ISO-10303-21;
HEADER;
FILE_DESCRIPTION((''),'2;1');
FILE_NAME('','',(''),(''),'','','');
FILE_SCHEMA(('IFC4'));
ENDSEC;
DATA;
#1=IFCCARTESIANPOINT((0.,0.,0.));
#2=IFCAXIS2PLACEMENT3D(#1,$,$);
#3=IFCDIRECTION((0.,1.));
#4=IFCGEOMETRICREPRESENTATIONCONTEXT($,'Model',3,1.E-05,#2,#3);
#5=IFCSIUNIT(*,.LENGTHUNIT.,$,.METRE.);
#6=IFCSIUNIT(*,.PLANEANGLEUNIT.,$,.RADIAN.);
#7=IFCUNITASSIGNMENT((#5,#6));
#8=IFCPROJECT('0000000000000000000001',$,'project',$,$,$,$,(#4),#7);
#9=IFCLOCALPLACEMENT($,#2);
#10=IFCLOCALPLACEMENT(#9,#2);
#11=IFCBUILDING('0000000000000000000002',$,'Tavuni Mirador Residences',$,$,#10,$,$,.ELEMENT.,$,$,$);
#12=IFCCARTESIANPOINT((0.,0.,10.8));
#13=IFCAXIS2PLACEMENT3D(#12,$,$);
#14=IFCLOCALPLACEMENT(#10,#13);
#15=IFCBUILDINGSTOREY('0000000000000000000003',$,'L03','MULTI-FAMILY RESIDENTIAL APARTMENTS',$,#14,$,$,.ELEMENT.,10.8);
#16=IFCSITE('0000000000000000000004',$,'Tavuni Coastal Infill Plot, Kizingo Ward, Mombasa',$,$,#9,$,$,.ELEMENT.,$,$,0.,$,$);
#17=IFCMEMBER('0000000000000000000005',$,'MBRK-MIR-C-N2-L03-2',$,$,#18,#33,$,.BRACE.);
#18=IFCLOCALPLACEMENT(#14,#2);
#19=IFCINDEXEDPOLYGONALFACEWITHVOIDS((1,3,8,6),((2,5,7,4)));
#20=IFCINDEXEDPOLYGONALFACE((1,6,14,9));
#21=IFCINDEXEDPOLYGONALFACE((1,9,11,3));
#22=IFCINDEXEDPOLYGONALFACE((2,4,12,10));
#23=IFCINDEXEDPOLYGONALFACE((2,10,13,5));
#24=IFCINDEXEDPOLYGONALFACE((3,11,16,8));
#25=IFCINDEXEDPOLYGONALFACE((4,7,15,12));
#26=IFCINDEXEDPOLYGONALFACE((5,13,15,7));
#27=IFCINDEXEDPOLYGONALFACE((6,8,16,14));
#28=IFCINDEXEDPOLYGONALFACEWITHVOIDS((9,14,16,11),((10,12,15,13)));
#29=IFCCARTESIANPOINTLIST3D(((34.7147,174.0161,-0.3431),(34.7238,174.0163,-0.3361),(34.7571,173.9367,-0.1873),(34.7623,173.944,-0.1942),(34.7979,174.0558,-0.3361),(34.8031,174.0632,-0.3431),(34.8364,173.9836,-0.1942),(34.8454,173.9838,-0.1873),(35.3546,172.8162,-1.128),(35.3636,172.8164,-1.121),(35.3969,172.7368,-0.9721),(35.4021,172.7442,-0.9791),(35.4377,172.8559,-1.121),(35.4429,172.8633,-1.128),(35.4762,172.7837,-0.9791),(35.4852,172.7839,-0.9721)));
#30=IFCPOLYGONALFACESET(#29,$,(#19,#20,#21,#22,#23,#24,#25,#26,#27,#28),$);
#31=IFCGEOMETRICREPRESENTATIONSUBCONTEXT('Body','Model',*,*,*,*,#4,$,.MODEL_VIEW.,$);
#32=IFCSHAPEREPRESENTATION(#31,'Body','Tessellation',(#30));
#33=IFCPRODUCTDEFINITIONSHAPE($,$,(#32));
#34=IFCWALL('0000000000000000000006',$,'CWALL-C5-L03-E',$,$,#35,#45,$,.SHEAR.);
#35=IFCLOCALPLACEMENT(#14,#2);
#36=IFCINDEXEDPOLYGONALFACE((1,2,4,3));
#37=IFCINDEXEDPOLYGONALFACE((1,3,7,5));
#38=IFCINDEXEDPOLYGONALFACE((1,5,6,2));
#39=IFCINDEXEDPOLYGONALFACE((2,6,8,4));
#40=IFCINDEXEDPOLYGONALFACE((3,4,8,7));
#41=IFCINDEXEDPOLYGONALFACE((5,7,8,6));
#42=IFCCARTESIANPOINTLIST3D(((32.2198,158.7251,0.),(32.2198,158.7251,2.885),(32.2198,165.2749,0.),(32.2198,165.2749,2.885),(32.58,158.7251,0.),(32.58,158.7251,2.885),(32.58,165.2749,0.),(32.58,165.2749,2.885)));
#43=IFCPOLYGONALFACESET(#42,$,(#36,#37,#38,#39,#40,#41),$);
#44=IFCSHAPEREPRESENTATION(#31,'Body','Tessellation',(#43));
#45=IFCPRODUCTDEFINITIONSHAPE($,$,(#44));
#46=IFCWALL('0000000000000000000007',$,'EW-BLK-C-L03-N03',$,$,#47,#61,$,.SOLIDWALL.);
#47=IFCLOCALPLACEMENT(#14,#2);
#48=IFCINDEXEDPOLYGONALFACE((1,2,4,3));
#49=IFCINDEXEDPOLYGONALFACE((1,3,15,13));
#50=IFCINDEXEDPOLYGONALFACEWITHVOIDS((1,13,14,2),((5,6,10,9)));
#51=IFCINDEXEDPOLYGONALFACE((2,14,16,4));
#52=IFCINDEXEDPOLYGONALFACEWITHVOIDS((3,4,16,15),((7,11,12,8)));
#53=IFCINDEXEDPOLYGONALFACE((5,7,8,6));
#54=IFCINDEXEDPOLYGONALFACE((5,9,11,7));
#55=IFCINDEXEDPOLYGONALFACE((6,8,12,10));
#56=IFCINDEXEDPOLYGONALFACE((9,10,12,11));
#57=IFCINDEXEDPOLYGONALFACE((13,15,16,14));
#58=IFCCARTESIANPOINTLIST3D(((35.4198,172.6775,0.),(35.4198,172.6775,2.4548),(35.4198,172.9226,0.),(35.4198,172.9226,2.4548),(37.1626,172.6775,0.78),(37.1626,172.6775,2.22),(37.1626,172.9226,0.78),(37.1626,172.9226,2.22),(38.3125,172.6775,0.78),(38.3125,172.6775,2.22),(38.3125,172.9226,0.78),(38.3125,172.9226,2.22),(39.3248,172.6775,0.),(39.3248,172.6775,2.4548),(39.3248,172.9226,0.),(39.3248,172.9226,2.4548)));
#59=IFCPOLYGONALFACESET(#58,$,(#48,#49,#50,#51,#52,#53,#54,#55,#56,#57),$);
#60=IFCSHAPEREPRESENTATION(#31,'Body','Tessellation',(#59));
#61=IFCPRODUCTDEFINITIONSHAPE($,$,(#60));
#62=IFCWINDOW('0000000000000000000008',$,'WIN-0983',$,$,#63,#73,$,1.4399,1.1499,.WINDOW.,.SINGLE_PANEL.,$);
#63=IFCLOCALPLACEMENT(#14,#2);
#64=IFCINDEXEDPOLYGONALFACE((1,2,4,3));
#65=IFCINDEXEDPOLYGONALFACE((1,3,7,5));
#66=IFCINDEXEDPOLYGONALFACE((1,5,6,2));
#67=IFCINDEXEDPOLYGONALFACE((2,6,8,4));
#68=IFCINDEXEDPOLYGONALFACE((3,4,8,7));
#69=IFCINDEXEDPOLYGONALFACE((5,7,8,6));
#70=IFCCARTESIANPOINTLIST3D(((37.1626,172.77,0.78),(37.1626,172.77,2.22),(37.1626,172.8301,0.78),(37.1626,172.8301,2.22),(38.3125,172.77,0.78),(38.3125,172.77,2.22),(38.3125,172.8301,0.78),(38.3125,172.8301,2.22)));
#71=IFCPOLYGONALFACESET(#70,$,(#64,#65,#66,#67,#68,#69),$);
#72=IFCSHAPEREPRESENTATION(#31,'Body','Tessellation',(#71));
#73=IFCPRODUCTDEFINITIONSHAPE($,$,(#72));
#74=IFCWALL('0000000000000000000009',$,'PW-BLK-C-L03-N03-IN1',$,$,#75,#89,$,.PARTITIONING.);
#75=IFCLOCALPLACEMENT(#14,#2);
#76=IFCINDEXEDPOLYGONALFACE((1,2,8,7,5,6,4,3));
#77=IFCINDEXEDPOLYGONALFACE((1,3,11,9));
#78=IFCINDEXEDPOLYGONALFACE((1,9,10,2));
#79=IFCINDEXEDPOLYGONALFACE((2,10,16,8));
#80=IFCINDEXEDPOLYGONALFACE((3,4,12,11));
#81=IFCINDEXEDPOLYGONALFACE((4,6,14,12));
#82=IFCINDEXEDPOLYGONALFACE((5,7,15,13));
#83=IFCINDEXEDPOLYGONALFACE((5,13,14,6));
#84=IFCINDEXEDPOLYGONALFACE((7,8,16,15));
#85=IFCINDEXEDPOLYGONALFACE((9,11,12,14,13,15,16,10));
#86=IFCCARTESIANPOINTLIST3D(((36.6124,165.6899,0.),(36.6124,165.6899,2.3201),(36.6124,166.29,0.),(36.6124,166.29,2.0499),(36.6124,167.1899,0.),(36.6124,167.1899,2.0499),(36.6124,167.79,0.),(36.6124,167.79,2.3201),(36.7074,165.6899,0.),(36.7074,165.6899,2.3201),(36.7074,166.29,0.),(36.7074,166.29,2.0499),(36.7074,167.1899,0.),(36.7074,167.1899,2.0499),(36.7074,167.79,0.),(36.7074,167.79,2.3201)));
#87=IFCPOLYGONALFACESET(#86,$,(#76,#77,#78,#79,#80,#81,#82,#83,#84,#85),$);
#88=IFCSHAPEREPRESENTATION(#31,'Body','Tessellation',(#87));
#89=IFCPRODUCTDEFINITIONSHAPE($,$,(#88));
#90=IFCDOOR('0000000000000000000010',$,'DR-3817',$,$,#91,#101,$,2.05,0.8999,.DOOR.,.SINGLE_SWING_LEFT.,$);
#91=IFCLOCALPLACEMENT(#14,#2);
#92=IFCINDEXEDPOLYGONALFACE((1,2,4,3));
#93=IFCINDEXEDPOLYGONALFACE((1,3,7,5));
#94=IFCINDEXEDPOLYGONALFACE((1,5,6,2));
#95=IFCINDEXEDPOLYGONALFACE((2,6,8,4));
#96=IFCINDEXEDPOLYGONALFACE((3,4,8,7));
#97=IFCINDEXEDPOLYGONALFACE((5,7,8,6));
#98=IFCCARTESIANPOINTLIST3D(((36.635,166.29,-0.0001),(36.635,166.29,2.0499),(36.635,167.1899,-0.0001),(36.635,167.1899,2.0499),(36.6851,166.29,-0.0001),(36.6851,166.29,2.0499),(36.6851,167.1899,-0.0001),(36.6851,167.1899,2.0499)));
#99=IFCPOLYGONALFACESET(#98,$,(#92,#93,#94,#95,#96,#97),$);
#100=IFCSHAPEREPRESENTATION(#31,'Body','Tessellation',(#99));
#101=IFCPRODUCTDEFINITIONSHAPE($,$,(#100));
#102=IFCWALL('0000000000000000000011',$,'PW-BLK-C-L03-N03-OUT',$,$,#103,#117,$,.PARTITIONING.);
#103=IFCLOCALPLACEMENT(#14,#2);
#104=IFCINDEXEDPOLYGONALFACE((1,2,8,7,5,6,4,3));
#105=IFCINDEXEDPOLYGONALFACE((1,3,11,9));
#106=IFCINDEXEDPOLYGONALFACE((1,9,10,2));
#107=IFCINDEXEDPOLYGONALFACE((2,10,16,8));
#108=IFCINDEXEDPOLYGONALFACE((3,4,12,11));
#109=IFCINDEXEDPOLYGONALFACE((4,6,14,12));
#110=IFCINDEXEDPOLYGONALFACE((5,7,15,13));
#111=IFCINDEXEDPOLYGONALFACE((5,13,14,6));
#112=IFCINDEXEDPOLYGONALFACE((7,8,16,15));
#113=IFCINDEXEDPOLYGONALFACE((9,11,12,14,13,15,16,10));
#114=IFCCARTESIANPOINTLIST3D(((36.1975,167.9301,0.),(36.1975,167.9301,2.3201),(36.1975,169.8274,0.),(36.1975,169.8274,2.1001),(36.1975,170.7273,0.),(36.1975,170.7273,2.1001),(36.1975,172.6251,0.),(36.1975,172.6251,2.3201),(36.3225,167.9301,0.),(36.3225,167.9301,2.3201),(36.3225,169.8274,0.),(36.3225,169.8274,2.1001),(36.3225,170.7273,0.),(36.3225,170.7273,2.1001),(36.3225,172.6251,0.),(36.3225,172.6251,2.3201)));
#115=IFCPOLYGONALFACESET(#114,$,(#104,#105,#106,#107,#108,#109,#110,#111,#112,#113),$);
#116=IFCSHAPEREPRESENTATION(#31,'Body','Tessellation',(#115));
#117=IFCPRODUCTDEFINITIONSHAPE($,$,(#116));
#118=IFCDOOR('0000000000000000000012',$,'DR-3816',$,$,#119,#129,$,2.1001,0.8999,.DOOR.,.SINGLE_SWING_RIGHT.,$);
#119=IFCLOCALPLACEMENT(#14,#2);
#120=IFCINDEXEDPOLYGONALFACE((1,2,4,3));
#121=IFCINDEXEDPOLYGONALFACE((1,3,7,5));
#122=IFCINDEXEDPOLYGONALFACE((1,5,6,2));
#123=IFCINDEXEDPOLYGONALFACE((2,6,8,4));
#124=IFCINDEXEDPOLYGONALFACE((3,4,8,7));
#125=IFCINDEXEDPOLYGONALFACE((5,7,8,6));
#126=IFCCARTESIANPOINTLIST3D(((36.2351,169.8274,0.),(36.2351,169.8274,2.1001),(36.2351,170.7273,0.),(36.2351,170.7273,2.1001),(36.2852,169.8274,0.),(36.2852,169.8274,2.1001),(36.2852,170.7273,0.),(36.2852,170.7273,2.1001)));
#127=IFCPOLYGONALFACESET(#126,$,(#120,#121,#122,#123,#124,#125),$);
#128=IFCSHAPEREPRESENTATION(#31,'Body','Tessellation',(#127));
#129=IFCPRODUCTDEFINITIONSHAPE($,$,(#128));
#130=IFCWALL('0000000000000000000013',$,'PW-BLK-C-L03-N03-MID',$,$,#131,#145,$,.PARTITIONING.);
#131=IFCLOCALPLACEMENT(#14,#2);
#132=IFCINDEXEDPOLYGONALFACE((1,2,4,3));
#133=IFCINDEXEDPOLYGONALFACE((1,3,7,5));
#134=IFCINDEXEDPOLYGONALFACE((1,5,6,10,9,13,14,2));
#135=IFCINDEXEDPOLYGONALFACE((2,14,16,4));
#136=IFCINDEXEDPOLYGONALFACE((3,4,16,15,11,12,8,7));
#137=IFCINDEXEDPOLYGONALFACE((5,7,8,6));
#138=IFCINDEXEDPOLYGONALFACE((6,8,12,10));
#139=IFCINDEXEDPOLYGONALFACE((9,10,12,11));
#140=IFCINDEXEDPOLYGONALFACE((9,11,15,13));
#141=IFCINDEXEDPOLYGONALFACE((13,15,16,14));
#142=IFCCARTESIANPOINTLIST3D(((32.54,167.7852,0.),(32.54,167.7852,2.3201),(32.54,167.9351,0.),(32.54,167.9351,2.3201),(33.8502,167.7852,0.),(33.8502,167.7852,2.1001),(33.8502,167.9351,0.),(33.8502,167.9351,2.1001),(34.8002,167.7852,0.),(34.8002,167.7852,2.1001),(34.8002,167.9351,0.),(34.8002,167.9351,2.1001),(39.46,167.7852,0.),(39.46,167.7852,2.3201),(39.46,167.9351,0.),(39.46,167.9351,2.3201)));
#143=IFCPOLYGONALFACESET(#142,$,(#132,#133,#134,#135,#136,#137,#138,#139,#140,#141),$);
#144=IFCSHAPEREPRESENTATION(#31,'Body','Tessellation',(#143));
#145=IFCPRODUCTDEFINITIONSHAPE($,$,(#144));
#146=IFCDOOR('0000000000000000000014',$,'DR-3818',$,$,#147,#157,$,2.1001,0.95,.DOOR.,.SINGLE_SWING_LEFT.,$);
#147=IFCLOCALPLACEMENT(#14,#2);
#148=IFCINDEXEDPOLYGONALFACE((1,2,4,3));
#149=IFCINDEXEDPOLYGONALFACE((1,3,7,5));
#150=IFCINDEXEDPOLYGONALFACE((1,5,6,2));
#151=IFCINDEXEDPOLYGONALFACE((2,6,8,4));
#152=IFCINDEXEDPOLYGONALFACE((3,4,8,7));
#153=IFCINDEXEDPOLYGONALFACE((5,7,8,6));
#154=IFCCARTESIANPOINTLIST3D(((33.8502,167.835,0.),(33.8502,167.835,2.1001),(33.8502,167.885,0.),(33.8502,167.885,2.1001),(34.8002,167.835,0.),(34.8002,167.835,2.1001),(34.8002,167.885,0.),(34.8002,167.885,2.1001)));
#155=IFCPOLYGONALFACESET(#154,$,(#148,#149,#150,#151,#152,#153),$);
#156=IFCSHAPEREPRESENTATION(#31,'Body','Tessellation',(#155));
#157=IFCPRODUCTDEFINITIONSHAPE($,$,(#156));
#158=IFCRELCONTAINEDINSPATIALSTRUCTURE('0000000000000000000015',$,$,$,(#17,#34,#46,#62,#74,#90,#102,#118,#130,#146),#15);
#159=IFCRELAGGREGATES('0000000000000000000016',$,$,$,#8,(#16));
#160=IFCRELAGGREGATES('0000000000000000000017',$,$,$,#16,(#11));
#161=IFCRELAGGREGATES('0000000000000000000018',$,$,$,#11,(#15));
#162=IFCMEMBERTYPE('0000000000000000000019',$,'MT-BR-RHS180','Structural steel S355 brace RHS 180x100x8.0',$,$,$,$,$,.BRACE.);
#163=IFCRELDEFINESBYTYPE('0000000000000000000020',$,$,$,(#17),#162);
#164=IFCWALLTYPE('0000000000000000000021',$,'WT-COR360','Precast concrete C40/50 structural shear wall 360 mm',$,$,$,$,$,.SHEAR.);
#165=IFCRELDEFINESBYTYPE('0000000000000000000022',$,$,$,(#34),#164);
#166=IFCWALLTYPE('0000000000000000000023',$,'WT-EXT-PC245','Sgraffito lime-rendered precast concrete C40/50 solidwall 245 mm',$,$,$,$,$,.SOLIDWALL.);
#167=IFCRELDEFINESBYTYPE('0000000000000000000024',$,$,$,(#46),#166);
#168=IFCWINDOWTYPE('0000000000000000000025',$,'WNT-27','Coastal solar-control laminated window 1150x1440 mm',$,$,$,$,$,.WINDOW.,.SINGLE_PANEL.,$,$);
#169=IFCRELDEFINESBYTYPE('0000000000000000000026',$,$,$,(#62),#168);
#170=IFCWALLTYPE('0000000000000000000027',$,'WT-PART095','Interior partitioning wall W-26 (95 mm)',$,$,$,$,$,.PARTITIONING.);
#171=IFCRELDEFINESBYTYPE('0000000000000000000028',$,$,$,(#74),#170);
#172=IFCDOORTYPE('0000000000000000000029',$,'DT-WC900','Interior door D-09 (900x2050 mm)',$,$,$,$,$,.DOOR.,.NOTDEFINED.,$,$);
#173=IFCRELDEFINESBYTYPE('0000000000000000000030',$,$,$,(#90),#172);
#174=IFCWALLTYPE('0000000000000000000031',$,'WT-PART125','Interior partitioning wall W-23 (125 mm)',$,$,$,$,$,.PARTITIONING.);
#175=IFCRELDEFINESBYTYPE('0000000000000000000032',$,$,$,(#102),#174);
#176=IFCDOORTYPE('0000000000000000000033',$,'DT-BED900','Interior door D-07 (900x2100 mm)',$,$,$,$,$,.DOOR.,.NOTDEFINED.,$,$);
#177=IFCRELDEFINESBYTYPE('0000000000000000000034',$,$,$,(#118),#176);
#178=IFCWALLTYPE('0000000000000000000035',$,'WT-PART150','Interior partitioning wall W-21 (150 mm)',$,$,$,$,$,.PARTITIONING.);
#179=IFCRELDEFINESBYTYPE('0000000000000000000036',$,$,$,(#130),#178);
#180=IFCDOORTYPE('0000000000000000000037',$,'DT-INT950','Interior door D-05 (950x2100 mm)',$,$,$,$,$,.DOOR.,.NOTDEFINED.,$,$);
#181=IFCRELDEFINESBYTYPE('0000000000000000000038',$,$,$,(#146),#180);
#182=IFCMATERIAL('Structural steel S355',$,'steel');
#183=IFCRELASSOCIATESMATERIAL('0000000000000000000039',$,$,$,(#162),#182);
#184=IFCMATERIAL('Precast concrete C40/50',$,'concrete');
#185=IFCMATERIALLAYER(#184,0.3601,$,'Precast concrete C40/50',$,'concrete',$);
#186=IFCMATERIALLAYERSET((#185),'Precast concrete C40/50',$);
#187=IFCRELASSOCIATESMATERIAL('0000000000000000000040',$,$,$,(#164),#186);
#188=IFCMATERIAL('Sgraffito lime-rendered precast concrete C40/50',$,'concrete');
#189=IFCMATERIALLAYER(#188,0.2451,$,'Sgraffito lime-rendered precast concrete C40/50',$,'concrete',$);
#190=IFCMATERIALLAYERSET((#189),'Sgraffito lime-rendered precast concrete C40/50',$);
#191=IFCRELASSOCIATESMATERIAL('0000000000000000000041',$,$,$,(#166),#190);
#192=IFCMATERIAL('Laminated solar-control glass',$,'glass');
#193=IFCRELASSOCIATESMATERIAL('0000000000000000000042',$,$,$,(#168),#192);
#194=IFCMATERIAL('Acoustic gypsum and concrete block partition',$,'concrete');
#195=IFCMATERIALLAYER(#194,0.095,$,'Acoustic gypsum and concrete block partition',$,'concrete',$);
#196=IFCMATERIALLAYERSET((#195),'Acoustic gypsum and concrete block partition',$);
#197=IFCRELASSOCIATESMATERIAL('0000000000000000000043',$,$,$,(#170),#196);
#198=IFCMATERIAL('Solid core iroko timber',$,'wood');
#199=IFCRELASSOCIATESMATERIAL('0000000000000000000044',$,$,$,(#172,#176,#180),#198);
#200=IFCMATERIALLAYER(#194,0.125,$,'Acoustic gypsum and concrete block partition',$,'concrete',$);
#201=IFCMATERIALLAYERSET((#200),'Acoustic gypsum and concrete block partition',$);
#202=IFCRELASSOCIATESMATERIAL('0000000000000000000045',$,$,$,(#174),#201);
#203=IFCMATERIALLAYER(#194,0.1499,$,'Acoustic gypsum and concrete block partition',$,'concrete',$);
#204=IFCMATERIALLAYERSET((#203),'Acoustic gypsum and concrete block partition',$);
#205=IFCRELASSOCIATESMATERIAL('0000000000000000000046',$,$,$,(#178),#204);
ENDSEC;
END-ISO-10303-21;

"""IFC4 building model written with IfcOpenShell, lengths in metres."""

from ifc_helpers import new_model, si_unit, direction, frame, frame_2d, origin, origin_2d, place, context, subcontext, project, spatial, rectangle, hollow_rectangle, extrude, material, layer, layer_set, material_profile, profile_set, type_object, element, fill, save


model = new_model("IFC4")

# Units and contexts
model_context = context("Model", 3, precision=1e-05, world=origin(), true_north=direction((0.0, 1.0)))
body_context = subcontext(model_context, "Body", "Model", "MODEL_VIEW")
ifc_project = project(units=[si_unit("LENGTHUNIT", "METRE"), si_unit("PLANEANGLEUNIT", "RADIAN")], contexts=[model_context])

# Site, building, storey
site_placement = place(None, origin())
site = spatial("IfcSite", under=ifc_project, at=site_placement, Name="Tavuni Coastal Infill Plot, Kizingo Ward, Mombasa", CompositionType="ELEMENT", RefElevation=0.0)
building_placement = place(site_placement, origin())
building = spatial("IfcBuilding", under=site, at=building_placement, Name="Tavuni Mirador Residences", CompositionType="ELEMENT")
storey_placement = place(building_placement, frame((0.0, 0.0, 10.8)))
storey = spatial("IfcBuildingStorey", under=building, at=storey_placement, Name="L03", Description="MULTI-FAMILY RESIDENTIAL APARTMENTS", CompositionType="ELEMENT", Elevation=10.8)

# Shared definitions
ifc_material_1 = material(Name="Precast concrete C40/50", Category="concrete")

# Member
ifc_material_2 = material(Name="Structural steel S355", Category="steel")
ifc_material_profile_1 = material_profile(ifc_material_2, hollow_rectangle(XDim=0.1001, YDim=0.1799, WallThickness=0.0081, at=origin_2d()), Name="RHS 180x100x8.0", Category="steel")
ifc_profile_set_1 = profile_set([ifc_material_profile_1], Name="Structural steel S355")
member_type_1 = type_object("IfcMemberType", Name="MT-BR-RHS180", Description="Structural steel S355 brace RHS 180x100x8.0", PredefinedType="BRACE", material=ifc_profile_set_1)
member_1_placement = place(storey_placement, frame((35.4199, 172.8, -1.05), z_axis=(-0.407531, 0.764218, 0.49989), x_axis=(-0.882378, -0.470542, 0.0)))
element("IfcMember", 1, at=member_1_placement, inside=storey, type_object=member_type_1, Name="MBRK-MIR-C-N2-L03-2", PredefinedType="BRACE", context=body_context, shape_type="SweptSolid", body=[
    extrude(hollow_rectangle(XDim=0.1001, YDim=0.1799, WallThickness=0.0081, at=origin_2d()), origin(), (0.0, 0.0, 1.0), 1.5701),
])

# Wall
ifc_layer_1 = layer(ifc_material_1, 0.3601, Name="Precast concrete C40/50", Category="concrete")
ifc_layer_set_1 = layer_set([ifc_layer_1], Name="Precast concrete C40/50")
wall_type_1 = type_object("IfcWallType", Name="WT-COR360", Description="Precast concrete C40/50 structural shear wall 360 mm", PredefinedType="SHEAR", material=ifc_layer_set_1)
wall_1_placement = place(storey_placement, frame((32.3999, 158.7251, 0.0), z_axis=(0.0, 0.0, 1.0), x_axis=(0.0, 1.0, 0.0)))
element("IfcWall", 2, at=wall_1_placement, inside=storey, type_object=wall_type_1, Name="CWALL-C5-L03-E", PredefinedType="SHEAR", context=body_context, shape_type="SweptSolid", body=[
    extrude(rectangle(XDim=6.5498, YDim=0.3601, at=frame_2d((3.2749, 0.0))), origin(), (0.0, 0.0, 1.0), 2.885),
])

# Shared definitions
ifc_material_3 = material(Name="Solid core iroko timber", Category="wood")

# Wall, opening, window
ifc_material_4 = material(Name="Sgraffito lime-rendered precast concrete C40/50", Category="concrete")
ifc_layer_2 = layer(ifc_material_4, 0.2451, Name="Sgraffito lime-rendered precast concrete C40/50", Category="concrete")
ifc_layer_set_2 = layer_set([ifc_layer_2], Name="Sgraffito lime-rendered precast concrete C40/50")
wall_type_2 = type_object("IfcWallType", Name="WT-EXT-PC245", Description="Sgraffito lime-rendered precast concrete C40/50 solidwall 245 mm", PredefinedType="SOLIDWALL", material=ifc_layer_set_2)
wall_2_placement = place(storey_placement, frame((39.325, 172.8, 0.0), z_axis=(0.0, 0.0, 1.0), x_axis=(-1.0, 0.0, 0.0)))
wall_2 = element("IfcWall", 3, at=wall_2_placement, inside=storey, type_object=wall_type_2, Name="EW-BLK-C-L03-N03", PredefinedType="SOLIDWALL", context=body_context, shape_type="SweptSolid", body=[
    extrude(rectangle(XDim=3.905, YDim=0.2451, at=frame_2d((1.9526, 0.0))), origin(), (0.0, 0.0, 1.0), 2.4548),
])
opening_1_placement = place(wall_2_placement, frame((1.0125, 0.0, 0.78)))
opening_1 = element("IfcOpeningElement", 4, at=opening_1_placement, cuts=wall_2, PredefinedType="OPENING", context=body_context, shape_type="SweptSolid", body=[
    extrude(rectangle(XDim=1.1499, YDim=1.4399, at=frame_2d((0.575, 0.72))), frame((0.0, 0.1326, 0.0), z_axis=(0.0, -1.0, 0.0), x_axis=(1.0, 0.0, 0.0)), (0.0, 0.0, 1.0), 0.2651),
])
ifc_material_5 = material(Name="Laminated solar-control glass", Category="glass")
window_type = type_object("IfcWindowType", Name="WNT-27", Description="Coastal solar-control laminated window 1150x1440 mm", PartitioningType="SINGLE_PANEL", PredefinedType="WINDOW", material=ifc_material_5)
window_placement = place(opening_1_placement, origin())
window = element("IfcWindow", 5, at=window_placement, inside=storey, type_object=window_type, Name="WIN-0983", OverallHeight=1.4399, OverallWidth=1.1499, PartitioningType="SINGLE_PANEL", PredefinedType="WINDOW", context=body_context, shape_type="SweptSolid", body=[
    extrude(rectangle(XDim=1.1499, YDim=1.4399, at=frame_2d((0.575, 0.72))), frame((0.0, 0.03, 0.0), z_axis=(0.0, -1.0, 0.0), x_axis=(1.0, 0.0, 0.0)), (0.0, 0.0, 1.0), 0.0601),
])
fill(opening_1, window)

# Walls, openings, doors
ifc_material_6 = material(Name="Acoustic gypsum and concrete block partition", Category="concrete")
ifc_layer_3 = layer(ifc_material_6, 0.095, Name="Acoustic gypsum and concrete block partition", Category="concrete")
ifc_layer_set_3 = layer_set([ifc_layer_3], Name="Acoustic gypsum and concrete block partition")
wall_type_3 = type_object("IfcWallType", Name="WT-PART095", Description="Interior partitioning wall W-26 (95 mm)", PredefinedType="PARTITIONING", material=ifc_layer_set_3)
wall_3_placement = place(storey_placement, frame((36.6599, 165.6899, 0.0), z_axis=(0.0, 0.0, 1.0), x_axis=(0.0, 1.0, 0.0)))
wall_3 = element("IfcWall", 6, at=wall_3_placement, inside=storey, type_object=wall_type_3, Name="PW-BLK-C-L03-N03-IN1", PredefinedType="PARTITIONING", context=body_context, shape_type="SweptSolid", body=[
    extrude(rectangle(XDim=2.1001, YDim=0.095, at=frame_2d((1.05, 0.0))), origin(), (0.0, 0.0, 1.0), 2.3201),
])
opening_2_placement = place(wall_3_placement, frame((0.6001, 0.0, 0.0)))
opening_2 = element("IfcOpeningElement", 7, at=opening_2_placement, cuts=wall_3, PredefinedType="OPENING", context=body_context, shape_type="SweptSolid", body=[
    extrude(rectangle(XDim=0.8999, YDim=2.05, at=frame_2d((0.45, 1.0249))), frame((0.0, 0.0576, 0.0), z_axis=(0.0, -1.0, 0.0), x_axis=(1.0, 0.0, 0.0)), (0.0, 0.0, 1.0), 0.115),
])
door_type_1 = type_object("IfcDoorType", Name="DT-WC900", Description="Interior door D-09 (900x2050 mm)", OperationType="NOTDEFINED", PredefinedType="DOOR", material=ifc_material_3)
door_1_placement = place(opening_2_placement, origin())
door_1 = element("IfcDoor", 8, at=door_1_placement, inside=storey, type_object=door_type_1, Name="DR-3817", OperationType="SINGLE_SWING_LEFT", OverallHeight=2.05, OverallWidth=0.8999, PredefinedType="DOOR", context=body_context, shape_type="SweptSolid", body=[
    extrude(rectangle(XDim=0.8999, YDim=2.05, at=frame_2d((0.45, 1.0249))), frame((0.0, 0.0249, 0.0), z_axis=(0.0, -1.0, 0.0), x_axis=(1.0, 0.0, 0.0)), (0.0, 0.0, 1.0), 0.05),
])
fill(opening_2, door_1)
ifc_layer_4 = layer(ifc_material_6, 0.125, Name="Acoustic gypsum and concrete block partition", Category="concrete")
ifc_layer_set_4 = layer_set([ifc_layer_4], Name="Acoustic gypsum and concrete block partition")
wall_type_4 = type_object("IfcWallType", Name="WT-PART125", Description="Interior partitioning wall W-23 (125 mm)", PredefinedType="PARTITIONING", material=ifc_layer_set_4)
wall_4_placement = place(storey_placement, frame((36.26, 167.9299, 0.0), z_axis=(0.0, 0.0, 1.0), x_axis=(0.0, 1.0, 0.0)))
wall_4 = element("IfcWall", 9, at=wall_4_placement, inside=storey, type_object=wall_type_4, Name="PW-BLK-C-L03-N03-OUT", PredefinedType="PARTITIONING", context=body_context, shape_type="SweptSolid", body=[
    extrude(rectangle(XDim=4.6951, YDim=0.125, at=frame_2d((2.3477, 0.0))), origin(), (0.0, 0.0, 1.0), 2.3201),
])
opening_3_placement = place(wall_4_placement, frame((1.8975, 0.0, 0.0)))
opening_3 = element("IfcOpeningElement", 10, at=opening_3_placement, cuts=wall_4, PredefinedType="OPENING", context=body_context, shape_type="SweptSolid", body=[
    extrude(rectangle(XDim=0.8999, YDim=2.1001, at=frame_2d((0.45, 1.05))), frame((0.0, 0.0725, 0.0), z_axis=(0.0, -1.0, 0.0), x_axis=(1.0, 0.0, 0.0)), (0.0, 0.0, 1.0), 0.145),
])
door_type_2 = type_object("IfcDoorType", Name="DT-BED900", Description="Interior door D-07 (900x2100 mm)", OperationType="NOTDEFINED", PredefinedType="DOOR", material=ifc_material_3)
door_2_placement = place(opening_3_placement, origin())
door_2 = element("IfcDoor", 11, at=door_2_placement, inside=storey, type_object=door_type_2, Name="DR-3816", OperationType="SINGLE_SWING_RIGHT", OverallHeight=2.1001, OverallWidth=0.8999, PredefinedType="DOOR", context=body_context, shape_type="SweptSolid", body=[
    extrude(rectangle(XDim=0.8999, YDim=2.1001, at=frame_2d((0.45, 1.05))), frame((0.0, 0.0249, 0.0), z_axis=(0.0, -1.0, 0.0), x_axis=(1.0, 0.0, 0.0)), (0.0, 0.0, 1.0), 0.05),
])
fill(opening_3, door_2)
ifc_layer_5 = layer(ifc_material_6, 0.1499, Name="Acoustic gypsum and concrete block partition", Category="concrete")
ifc_layer_set_5 = layer_set([ifc_layer_5], Name="Acoustic gypsum and concrete block partition")
wall_type_5 = type_object("IfcWallType", Name="WT-PART150", Description="Interior partitioning wall W-21 (150 mm)", PredefinedType="PARTITIONING", material=ifc_layer_set_5)
wall_5_placement = place(storey_placement, frame((32.54, 167.8601, 0.0), z_axis=(0.0, 0.0, 1.0), x_axis=(1.0, 0.0, 0.0)))
wall_5 = element("IfcWall", 12, at=wall_5_placement, inside=storey, type_object=wall_type_5, Name="PW-BLK-C-L03-N03-MID", PredefinedType="PARTITIONING", context=body_context, shape_type="SweptSolid", body=[
    extrude(rectangle(XDim=6.9199, YDim=0.1499, at=frame_2d((3.46, 0.0))), origin(), (0.0, 0.0, 1.0), 2.3201),
])
opening_4_placement = place(wall_5_placement, frame((1.3101, 0.0, 0.0)))
opening_4 = element("IfcOpeningElement", 13, at=opening_4_placement, cuts=wall_5, PredefinedType="OPENING", context=body_context, shape_type="SweptSolid", body=[
    extrude(rectangle(XDim=0.95, YDim=2.1001, at=frame_2d((0.4751, 1.05))), frame((0.0, 0.085, 0.0), z_axis=(0.0, -1.0, 0.0), x_axis=(1.0, 0.0, 0.0)), (0.0, 0.0, 1.0), 0.1699),
])
door_type_3 = type_object("IfcDoorType", Name="DT-INT950", Description="Interior door D-05 (950x2100 mm)", OperationType="NOTDEFINED", PredefinedType="DOOR", material=ifc_material_3)
door_3_placement = place(opening_4_placement, origin())
door_3 = element("IfcDoor", 14, at=door_3_placement, inside=storey, type_object=door_type_3, Name="DR-3818", OperationType="SINGLE_SWING_LEFT", OverallHeight=2.1001, OverallWidth=0.95, PredefinedType="DOOR", context=body_context, shape_type="SweptSolid", body=[
    extrude(rectangle(XDim=0.95, YDim=2.1001, at=frame_2d((0.4751, 1.05))), frame((0.0, 0.0249, 0.0), z_axis=(0.0, -1.0, 0.0), x_axis=(1.0, 0.0, 0.0)), (0.0, 0.0, 1.0), 0.05),
])
fill(opening_4, door_3)

save(model, "model.ifc")
